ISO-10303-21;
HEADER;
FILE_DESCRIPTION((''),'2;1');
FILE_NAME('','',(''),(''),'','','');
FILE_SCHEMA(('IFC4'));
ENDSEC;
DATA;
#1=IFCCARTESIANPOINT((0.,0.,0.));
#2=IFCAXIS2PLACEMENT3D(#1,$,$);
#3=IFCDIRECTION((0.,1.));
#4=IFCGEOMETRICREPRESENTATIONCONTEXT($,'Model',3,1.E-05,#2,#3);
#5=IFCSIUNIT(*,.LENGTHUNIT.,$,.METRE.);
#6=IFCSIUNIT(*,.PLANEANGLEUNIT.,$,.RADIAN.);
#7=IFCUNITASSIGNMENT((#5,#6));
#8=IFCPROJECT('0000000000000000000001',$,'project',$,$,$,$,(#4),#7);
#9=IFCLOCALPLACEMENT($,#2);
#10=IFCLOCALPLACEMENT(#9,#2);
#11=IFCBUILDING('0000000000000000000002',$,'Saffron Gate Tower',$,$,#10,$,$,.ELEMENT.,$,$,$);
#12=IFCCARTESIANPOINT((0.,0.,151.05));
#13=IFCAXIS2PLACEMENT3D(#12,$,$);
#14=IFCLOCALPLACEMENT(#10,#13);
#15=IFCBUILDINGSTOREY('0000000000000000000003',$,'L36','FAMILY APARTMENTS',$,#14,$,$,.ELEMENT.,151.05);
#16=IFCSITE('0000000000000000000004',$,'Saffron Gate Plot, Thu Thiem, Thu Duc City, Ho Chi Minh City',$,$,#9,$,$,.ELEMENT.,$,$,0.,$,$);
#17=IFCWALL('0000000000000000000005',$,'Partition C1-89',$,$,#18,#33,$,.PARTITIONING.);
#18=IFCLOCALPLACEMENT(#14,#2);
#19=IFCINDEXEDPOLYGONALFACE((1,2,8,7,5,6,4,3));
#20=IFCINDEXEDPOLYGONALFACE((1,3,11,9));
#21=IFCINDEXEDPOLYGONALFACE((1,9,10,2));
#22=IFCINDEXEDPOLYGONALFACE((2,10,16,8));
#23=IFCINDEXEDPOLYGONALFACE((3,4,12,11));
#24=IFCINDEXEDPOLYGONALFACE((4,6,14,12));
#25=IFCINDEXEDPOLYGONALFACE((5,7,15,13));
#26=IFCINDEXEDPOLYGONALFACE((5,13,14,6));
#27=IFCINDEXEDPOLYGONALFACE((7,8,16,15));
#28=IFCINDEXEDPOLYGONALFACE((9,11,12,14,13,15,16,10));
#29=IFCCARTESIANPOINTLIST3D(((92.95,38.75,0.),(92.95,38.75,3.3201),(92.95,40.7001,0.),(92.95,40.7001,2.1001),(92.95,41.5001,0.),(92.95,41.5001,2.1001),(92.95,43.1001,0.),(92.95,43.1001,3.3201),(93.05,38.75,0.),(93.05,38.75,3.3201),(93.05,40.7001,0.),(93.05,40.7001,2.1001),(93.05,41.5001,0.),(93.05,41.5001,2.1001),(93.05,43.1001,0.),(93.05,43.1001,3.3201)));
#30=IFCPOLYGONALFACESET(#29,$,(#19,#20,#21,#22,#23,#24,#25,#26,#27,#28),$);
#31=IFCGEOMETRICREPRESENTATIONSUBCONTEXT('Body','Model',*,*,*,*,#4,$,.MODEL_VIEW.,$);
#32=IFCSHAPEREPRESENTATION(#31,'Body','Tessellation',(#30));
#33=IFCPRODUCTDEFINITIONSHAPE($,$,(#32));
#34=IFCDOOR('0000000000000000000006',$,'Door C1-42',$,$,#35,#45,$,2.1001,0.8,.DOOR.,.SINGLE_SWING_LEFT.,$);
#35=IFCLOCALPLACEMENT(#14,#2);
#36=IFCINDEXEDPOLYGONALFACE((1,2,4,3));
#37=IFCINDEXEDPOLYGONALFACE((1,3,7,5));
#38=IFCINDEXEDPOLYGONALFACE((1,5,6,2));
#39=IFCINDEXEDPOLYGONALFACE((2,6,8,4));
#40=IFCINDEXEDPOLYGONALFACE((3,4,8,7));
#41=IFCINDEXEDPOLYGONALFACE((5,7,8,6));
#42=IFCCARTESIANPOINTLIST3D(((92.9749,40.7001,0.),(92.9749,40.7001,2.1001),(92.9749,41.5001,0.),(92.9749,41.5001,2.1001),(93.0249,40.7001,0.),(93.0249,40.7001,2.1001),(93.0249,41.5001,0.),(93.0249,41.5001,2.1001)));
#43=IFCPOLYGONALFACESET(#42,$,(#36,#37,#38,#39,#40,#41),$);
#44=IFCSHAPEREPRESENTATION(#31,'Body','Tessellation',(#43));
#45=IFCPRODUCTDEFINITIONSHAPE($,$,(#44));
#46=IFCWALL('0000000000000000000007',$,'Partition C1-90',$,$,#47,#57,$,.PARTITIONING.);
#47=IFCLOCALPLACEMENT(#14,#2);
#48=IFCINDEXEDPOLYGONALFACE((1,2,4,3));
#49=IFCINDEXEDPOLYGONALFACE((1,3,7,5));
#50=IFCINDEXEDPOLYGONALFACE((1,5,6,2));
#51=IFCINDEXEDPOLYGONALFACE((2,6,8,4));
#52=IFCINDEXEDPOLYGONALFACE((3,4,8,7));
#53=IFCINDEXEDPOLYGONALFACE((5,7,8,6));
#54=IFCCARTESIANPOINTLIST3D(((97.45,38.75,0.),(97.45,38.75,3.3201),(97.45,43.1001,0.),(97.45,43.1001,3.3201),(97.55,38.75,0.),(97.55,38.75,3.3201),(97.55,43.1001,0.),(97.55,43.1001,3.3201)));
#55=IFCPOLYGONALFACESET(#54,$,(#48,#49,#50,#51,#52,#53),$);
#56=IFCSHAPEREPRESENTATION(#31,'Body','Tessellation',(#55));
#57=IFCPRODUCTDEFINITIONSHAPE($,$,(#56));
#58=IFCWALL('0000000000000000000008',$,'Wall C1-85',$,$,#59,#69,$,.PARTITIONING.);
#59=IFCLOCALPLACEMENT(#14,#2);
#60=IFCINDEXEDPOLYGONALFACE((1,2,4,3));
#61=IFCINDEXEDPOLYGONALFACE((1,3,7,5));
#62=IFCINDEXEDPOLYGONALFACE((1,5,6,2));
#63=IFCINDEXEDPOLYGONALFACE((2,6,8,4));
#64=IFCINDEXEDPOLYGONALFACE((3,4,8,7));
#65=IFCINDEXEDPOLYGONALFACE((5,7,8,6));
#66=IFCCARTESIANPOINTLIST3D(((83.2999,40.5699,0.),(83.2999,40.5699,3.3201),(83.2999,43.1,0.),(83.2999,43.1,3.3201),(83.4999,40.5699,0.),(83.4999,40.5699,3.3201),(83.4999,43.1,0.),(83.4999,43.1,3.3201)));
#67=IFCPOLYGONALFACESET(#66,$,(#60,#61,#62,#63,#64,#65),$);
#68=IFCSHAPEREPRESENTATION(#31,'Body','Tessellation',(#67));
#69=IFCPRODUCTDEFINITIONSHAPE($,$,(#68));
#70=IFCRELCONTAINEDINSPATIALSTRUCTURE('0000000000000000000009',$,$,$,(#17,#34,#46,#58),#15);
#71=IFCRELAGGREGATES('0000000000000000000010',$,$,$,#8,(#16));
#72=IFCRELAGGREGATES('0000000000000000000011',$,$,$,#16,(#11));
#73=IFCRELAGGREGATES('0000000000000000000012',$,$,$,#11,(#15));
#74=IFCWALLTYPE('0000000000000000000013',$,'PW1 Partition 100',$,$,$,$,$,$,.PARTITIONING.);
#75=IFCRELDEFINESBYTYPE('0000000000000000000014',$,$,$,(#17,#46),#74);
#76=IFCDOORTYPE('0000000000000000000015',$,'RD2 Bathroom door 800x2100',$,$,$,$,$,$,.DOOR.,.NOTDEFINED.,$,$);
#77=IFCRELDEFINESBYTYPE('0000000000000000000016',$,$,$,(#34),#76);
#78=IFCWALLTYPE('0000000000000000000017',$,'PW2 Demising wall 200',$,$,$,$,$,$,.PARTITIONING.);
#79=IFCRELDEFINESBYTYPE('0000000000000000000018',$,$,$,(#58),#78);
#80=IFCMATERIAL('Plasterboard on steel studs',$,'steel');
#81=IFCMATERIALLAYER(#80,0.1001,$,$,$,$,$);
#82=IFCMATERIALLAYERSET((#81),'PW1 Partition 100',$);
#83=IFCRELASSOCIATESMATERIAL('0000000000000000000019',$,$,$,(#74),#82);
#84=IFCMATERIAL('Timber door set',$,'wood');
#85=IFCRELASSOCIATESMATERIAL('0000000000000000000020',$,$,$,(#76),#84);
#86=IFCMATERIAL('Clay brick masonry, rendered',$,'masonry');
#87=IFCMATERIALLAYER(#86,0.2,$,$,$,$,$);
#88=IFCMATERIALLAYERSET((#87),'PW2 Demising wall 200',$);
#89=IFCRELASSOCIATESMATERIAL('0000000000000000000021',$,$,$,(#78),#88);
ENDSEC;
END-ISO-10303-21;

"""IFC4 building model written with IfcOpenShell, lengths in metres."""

from ifc_helpers import new_model, si_unit, direction, frame, frame_2d, origin, place, context, subcontext, project, spatial, rectangle, extrude, material, layer, layer_set, type_object, element, fill, save


model = new_model("IFC4")

# Units and contexts
model_context = context("Model", 3, precision=1e-05, world=origin(), true_north=direction((0.0, 1.0)))
body_context = subcontext(model_context, "Body", "Model", "MODEL_VIEW")
ifc_project = project(units=[si_unit("LENGTHUNIT", "METRE"), si_unit("PLANEANGLEUNIT", "RADIAN")], contexts=[model_context])

# Site, building, storey
site_placement = place(None, origin())
site = spatial("IfcSite", under=ifc_project, at=site_placement, Name="Saffron Gate Plot, Thu Thiem, Thu Duc City, Ho Chi Minh City", CompositionType="ELEMENT", RefElevation=0.0)
building_placement = place(site_placement, origin())
building = spatial("IfcBuilding", under=site, at=building_placement, Name="Saffron Gate Tower", CompositionType="ELEMENT")
storey_placement = place(building_placement, frame((0.0, 0.0, 151.05)))
storey = spatial("IfcBuildingStorey", under=building, at=storey_placement, Name="L36", Description="FAMILY APARTMENTS", CompositionType="ELEMENT", Elevation=151.05)

# Shared definitions
ifc_material_1 = material(Name="Plasterboard on steel studs", Category="steel")
ifc_layer_1 = layer(ifc_material_1, 0.1001)
ifc_layer_set_1 = layer_set([ifc_layer_1], Name="PW1 Partition 100")
wall_type_1 = type_object("IfcWallType", Name="PW1 Partition 100", PredefinedType="PARTITIONING", material=ifc_layer_set_1)

# Wall, opening, door
wall_1_placement = place(storey_placement, frame((93.0, 43.1001, 0.0), z_axis=(0.0, 0.0, 1.0), x_axis=(0.0, -1.0, 0.0)))
wall_1 = element("IfcWall", 1, at=wall_1_placement, inside=storey, type_object=wall_type_1, Name="Partition C1-89", PredefinedType="PARTITIONING", context=body_context, shape_type="SweptSolid", body=[
    extrude(rectangle(XDim=4.3501, YDim=0.1001, at=frame_2d((2.175, 0.0))), origin(), (0.0, 0.0, 1.0), 3.3201),
])
opening_placement = place(wall_1_placement, frame((1.6001, 0.0, 0.0)))
opening = element("IfcOpeningElement", 2, at=opening_placement, cuts=wall_1, PredefinedType="OPENING", context=body_context, shape_type="SweptSolid", body=[
    extrude(rectangle(XDim=0.8, YDim=2.1001, at=frame_2d((0.3999, 1.05))), frame((0.0, 0.0601, 0.0), z_axis=(0.0, -1.0, 0.0), x_axis=(1.0, 0.0, 0.0)), (0.0, 0.0, 1.0), 0.1201),
])
ifc_material_2 = material(Name="Timber door set", Category="wood")
door_type = type_object("IfcDoorType", Name="RD2 Bathroom door 800x2100", OperationType="NOTDEFINED", PredefinedType="DOOR", material=ifc_material_2)
door_placement = place(opening_placement, origin())
door = element("IfcDoor", 3, at=door_placement, inside=storey, type_object=door_type, Name="Door C1-42", OperationType="SINGLE_SWING_LEFT", OverallHeight=2.1001, OverallWidth=0.8, PredefinedType="DOOR", context=body_context, shape_type="SweptSolid", body=[
    extrude(rectangle(XDim=0.8, YDim=2.1001, at=frame_2d((0.3999, 1.05))), frame((0.0, 0.0249, 0.0), z_axis=(0.0, -1.0, 0.0), x_axis=(1.0, 0.0, 0.0)), (0.0, 0.0, 1.0), 0.05),
])
fill(opening, door)

# Walls
wall_2_placement = place(storey_placement, frame((97.5, 43.1001, 0.0), z_axis=(0.0, 0.0, 1.0), x_axis=(0.0, -1.0, 0.0)))
element("IfcWall", 4, at=wall_2_placement, inside=storey, type_object=wall_type_1, Name="Partition C1-90", PredefinedType="PARTITIONING", context=body_context, shape_type="SweptSolid", body=[
    extrude(rectangle(XDim=4.3501, YDim=0.1001, at=frame_2d((2.175, 0.0))), origin(), (0.0, 0.0, 1.0), 3.3201),
])
ifc_material_3 = material(Name="Clay brick masonry, rendered", Category="masonry")
ifc_layer_2 = layer(ifc_material_3, 0.2)
ifc_layer_set_2 = layer_set([ifc_layer_2], Name="PW2 Demising wall 200")
wall_type_2 = type_object("IfcWallType", Name="PW2 Demising wall 200", PredefinedType="PARTITIONING", material=ifc_layer_set_2)
wall_3_placement = place(storey_placement, frame((83.3999, 43.1001, 0.0), z_axis=(0.0, 0.0, 1.0), x_axis=(0.0, -1.0, 0.0)))
element("IfcWall", 5, at=wall_3_placement, inside=storey, type_object=wall_type_2, Name="Wall C1-85", PredefinedType="PARTITIONING", context=body_context, shape_type="SweptSolid", body=[
    extrude(rectangle(XDim=2.53, YDim=0.2, at=frame_2d((1.2651, 0.0))), origin(), (0.0, 0.0, 1.0), 3.3201),
])

save(model, "model.ifc")
